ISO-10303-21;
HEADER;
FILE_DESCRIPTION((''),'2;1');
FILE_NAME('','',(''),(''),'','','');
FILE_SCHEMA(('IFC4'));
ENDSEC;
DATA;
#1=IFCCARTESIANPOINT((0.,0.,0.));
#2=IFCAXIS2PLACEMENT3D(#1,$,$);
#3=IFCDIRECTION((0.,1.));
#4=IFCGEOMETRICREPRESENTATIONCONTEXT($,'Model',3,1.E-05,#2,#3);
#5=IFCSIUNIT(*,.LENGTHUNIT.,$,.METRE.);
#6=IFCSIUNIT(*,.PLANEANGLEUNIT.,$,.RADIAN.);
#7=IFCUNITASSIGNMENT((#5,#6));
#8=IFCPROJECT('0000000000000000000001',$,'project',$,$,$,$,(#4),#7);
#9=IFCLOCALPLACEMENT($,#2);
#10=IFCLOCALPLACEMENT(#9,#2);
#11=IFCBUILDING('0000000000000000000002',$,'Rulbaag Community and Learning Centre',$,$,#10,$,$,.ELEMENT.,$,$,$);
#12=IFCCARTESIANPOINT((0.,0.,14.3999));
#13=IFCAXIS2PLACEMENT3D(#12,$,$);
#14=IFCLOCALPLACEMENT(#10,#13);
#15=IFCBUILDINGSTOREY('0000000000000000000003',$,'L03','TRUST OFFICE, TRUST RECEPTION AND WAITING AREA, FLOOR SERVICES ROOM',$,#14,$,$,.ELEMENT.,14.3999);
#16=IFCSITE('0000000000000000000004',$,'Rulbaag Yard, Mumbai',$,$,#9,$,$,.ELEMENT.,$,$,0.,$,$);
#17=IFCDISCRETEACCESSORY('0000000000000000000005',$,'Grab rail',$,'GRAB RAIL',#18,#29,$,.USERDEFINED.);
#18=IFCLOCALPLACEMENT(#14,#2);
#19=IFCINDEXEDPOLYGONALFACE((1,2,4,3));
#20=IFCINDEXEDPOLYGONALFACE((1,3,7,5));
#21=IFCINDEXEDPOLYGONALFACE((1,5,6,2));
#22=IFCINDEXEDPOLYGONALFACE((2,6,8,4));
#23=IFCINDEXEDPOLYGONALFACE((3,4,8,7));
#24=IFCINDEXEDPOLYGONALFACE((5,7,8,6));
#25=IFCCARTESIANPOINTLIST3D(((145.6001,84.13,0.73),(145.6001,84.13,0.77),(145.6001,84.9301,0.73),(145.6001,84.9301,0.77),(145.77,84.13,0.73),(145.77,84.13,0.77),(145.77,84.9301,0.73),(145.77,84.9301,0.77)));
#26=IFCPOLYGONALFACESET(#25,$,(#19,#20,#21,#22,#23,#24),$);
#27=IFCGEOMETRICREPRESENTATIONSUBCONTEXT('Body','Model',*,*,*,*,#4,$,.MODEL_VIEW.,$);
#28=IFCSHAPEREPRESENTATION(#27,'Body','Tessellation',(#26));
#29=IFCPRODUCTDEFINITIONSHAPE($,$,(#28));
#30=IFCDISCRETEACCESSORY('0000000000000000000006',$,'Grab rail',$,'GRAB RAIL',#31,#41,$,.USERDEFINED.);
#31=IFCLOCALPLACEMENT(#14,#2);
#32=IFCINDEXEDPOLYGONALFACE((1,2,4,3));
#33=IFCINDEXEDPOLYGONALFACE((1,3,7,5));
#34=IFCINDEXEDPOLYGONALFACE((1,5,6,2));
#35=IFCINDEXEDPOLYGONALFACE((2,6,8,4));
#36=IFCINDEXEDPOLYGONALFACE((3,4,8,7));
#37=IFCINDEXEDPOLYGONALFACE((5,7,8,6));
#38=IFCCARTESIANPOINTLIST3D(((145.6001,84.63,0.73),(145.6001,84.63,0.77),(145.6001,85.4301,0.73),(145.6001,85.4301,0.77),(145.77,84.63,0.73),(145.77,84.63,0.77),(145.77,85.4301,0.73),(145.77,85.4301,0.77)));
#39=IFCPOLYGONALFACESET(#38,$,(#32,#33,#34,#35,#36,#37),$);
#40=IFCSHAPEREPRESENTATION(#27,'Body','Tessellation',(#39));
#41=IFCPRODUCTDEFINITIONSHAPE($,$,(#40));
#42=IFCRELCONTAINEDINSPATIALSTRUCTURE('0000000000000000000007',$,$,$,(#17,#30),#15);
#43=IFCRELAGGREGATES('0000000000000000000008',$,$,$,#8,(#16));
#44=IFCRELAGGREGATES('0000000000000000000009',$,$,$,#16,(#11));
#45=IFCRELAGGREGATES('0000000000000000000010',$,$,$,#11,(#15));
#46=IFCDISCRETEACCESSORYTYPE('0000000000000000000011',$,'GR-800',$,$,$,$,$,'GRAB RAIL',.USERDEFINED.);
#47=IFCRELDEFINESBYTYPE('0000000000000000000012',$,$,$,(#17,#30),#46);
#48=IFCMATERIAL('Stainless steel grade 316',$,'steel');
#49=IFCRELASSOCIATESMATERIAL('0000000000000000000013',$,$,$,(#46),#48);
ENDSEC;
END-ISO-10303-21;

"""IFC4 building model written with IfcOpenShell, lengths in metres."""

from ifc_helpers import new_model, si_unit, direction, frame, origin, origin_2d, place, context, subcontext, project, spatial, rectangle, extrude, material, type_object, element, save


model = new_model("IFC4")

# Units and contexts
model_context = context("Model", 3, precision=1e-05, world=origin(), true_north=direction((0.0, 1.0)))
body_context = subcontext(model_context, "Body", "Model", "MODEL_VIEW")
ifc_project = project(units=[si_unit("LENGTHUNIT", "METRE"), si_unit("PLANEANGLEUNIT", "RADIAN")], contexts=[model_context])

# Site, building, storey
site_placement = place(None, origin())
site = spatial("IfcSite", under=ifc_project, at=site_placement, Name="Rulbaag Yard, Mumbai", CompositionType="ELEMENT", RefElevation=0.0)
building_placement = place(site_placement, origin())
building = spatial("IfcBuilding", under=site, at=building_placement, Name="Rulbaag Community and Learning Centre", CompositionType="ELEMENT")
storey_placement = place(building_placement, frame((0.0, 0.0, 14.3999)))
storey = spatial("IfcBuildingStorey", under=building, at=storey_placement, Name="L03", Description="TRUST OFFICE, TRUST RECEPTION AND WAITING AREA, FLOOR SERVICES ROOM", CompositionType="ELEMENT", Elevation=14.3999)

# Discrete accessories
ifc_material_1 = material(Name="Stainless steel grade 316", Category="steel")
discrete_accessory_type = type_object("IfcDiscreteAccessoryType", Name="GR-800", ElementType="GRAB RAIL", PredefinedType="USERDEFINED", material=ifc_material_1)
for number, where, z_axis, x_axis, name in (
    (1, (145.6851, 84.53, 0.73), (0.0, 0.0, 1.0), (1.0, 0.0, 0.0), "Grab rail"),
    (2, (145.6851, 85.03, 0.73), (0.0, 0.0, 1.0), (1.0, 0.0, 0.0), "Grab rail"),
):
    element("IfcDiscreteAccessory", number, at=place(storey_placement, frame(where, z_axis=z_axis, x_axis=x_axis)), inside=storey, type_object=discrete_accessory_type, Name=name, ObjectType="GRAB RAIL", PredefinedType="USERDEFINED", context=body_context, shape_type="SweptSolid", body=[
        extrude(rectangle(XDim=0.1699, YDim=0.8, at=origin_2d()), origin(), (0.0, 0.0, 1.0), 0.04),
    ])

save(model, "model.ifc")
